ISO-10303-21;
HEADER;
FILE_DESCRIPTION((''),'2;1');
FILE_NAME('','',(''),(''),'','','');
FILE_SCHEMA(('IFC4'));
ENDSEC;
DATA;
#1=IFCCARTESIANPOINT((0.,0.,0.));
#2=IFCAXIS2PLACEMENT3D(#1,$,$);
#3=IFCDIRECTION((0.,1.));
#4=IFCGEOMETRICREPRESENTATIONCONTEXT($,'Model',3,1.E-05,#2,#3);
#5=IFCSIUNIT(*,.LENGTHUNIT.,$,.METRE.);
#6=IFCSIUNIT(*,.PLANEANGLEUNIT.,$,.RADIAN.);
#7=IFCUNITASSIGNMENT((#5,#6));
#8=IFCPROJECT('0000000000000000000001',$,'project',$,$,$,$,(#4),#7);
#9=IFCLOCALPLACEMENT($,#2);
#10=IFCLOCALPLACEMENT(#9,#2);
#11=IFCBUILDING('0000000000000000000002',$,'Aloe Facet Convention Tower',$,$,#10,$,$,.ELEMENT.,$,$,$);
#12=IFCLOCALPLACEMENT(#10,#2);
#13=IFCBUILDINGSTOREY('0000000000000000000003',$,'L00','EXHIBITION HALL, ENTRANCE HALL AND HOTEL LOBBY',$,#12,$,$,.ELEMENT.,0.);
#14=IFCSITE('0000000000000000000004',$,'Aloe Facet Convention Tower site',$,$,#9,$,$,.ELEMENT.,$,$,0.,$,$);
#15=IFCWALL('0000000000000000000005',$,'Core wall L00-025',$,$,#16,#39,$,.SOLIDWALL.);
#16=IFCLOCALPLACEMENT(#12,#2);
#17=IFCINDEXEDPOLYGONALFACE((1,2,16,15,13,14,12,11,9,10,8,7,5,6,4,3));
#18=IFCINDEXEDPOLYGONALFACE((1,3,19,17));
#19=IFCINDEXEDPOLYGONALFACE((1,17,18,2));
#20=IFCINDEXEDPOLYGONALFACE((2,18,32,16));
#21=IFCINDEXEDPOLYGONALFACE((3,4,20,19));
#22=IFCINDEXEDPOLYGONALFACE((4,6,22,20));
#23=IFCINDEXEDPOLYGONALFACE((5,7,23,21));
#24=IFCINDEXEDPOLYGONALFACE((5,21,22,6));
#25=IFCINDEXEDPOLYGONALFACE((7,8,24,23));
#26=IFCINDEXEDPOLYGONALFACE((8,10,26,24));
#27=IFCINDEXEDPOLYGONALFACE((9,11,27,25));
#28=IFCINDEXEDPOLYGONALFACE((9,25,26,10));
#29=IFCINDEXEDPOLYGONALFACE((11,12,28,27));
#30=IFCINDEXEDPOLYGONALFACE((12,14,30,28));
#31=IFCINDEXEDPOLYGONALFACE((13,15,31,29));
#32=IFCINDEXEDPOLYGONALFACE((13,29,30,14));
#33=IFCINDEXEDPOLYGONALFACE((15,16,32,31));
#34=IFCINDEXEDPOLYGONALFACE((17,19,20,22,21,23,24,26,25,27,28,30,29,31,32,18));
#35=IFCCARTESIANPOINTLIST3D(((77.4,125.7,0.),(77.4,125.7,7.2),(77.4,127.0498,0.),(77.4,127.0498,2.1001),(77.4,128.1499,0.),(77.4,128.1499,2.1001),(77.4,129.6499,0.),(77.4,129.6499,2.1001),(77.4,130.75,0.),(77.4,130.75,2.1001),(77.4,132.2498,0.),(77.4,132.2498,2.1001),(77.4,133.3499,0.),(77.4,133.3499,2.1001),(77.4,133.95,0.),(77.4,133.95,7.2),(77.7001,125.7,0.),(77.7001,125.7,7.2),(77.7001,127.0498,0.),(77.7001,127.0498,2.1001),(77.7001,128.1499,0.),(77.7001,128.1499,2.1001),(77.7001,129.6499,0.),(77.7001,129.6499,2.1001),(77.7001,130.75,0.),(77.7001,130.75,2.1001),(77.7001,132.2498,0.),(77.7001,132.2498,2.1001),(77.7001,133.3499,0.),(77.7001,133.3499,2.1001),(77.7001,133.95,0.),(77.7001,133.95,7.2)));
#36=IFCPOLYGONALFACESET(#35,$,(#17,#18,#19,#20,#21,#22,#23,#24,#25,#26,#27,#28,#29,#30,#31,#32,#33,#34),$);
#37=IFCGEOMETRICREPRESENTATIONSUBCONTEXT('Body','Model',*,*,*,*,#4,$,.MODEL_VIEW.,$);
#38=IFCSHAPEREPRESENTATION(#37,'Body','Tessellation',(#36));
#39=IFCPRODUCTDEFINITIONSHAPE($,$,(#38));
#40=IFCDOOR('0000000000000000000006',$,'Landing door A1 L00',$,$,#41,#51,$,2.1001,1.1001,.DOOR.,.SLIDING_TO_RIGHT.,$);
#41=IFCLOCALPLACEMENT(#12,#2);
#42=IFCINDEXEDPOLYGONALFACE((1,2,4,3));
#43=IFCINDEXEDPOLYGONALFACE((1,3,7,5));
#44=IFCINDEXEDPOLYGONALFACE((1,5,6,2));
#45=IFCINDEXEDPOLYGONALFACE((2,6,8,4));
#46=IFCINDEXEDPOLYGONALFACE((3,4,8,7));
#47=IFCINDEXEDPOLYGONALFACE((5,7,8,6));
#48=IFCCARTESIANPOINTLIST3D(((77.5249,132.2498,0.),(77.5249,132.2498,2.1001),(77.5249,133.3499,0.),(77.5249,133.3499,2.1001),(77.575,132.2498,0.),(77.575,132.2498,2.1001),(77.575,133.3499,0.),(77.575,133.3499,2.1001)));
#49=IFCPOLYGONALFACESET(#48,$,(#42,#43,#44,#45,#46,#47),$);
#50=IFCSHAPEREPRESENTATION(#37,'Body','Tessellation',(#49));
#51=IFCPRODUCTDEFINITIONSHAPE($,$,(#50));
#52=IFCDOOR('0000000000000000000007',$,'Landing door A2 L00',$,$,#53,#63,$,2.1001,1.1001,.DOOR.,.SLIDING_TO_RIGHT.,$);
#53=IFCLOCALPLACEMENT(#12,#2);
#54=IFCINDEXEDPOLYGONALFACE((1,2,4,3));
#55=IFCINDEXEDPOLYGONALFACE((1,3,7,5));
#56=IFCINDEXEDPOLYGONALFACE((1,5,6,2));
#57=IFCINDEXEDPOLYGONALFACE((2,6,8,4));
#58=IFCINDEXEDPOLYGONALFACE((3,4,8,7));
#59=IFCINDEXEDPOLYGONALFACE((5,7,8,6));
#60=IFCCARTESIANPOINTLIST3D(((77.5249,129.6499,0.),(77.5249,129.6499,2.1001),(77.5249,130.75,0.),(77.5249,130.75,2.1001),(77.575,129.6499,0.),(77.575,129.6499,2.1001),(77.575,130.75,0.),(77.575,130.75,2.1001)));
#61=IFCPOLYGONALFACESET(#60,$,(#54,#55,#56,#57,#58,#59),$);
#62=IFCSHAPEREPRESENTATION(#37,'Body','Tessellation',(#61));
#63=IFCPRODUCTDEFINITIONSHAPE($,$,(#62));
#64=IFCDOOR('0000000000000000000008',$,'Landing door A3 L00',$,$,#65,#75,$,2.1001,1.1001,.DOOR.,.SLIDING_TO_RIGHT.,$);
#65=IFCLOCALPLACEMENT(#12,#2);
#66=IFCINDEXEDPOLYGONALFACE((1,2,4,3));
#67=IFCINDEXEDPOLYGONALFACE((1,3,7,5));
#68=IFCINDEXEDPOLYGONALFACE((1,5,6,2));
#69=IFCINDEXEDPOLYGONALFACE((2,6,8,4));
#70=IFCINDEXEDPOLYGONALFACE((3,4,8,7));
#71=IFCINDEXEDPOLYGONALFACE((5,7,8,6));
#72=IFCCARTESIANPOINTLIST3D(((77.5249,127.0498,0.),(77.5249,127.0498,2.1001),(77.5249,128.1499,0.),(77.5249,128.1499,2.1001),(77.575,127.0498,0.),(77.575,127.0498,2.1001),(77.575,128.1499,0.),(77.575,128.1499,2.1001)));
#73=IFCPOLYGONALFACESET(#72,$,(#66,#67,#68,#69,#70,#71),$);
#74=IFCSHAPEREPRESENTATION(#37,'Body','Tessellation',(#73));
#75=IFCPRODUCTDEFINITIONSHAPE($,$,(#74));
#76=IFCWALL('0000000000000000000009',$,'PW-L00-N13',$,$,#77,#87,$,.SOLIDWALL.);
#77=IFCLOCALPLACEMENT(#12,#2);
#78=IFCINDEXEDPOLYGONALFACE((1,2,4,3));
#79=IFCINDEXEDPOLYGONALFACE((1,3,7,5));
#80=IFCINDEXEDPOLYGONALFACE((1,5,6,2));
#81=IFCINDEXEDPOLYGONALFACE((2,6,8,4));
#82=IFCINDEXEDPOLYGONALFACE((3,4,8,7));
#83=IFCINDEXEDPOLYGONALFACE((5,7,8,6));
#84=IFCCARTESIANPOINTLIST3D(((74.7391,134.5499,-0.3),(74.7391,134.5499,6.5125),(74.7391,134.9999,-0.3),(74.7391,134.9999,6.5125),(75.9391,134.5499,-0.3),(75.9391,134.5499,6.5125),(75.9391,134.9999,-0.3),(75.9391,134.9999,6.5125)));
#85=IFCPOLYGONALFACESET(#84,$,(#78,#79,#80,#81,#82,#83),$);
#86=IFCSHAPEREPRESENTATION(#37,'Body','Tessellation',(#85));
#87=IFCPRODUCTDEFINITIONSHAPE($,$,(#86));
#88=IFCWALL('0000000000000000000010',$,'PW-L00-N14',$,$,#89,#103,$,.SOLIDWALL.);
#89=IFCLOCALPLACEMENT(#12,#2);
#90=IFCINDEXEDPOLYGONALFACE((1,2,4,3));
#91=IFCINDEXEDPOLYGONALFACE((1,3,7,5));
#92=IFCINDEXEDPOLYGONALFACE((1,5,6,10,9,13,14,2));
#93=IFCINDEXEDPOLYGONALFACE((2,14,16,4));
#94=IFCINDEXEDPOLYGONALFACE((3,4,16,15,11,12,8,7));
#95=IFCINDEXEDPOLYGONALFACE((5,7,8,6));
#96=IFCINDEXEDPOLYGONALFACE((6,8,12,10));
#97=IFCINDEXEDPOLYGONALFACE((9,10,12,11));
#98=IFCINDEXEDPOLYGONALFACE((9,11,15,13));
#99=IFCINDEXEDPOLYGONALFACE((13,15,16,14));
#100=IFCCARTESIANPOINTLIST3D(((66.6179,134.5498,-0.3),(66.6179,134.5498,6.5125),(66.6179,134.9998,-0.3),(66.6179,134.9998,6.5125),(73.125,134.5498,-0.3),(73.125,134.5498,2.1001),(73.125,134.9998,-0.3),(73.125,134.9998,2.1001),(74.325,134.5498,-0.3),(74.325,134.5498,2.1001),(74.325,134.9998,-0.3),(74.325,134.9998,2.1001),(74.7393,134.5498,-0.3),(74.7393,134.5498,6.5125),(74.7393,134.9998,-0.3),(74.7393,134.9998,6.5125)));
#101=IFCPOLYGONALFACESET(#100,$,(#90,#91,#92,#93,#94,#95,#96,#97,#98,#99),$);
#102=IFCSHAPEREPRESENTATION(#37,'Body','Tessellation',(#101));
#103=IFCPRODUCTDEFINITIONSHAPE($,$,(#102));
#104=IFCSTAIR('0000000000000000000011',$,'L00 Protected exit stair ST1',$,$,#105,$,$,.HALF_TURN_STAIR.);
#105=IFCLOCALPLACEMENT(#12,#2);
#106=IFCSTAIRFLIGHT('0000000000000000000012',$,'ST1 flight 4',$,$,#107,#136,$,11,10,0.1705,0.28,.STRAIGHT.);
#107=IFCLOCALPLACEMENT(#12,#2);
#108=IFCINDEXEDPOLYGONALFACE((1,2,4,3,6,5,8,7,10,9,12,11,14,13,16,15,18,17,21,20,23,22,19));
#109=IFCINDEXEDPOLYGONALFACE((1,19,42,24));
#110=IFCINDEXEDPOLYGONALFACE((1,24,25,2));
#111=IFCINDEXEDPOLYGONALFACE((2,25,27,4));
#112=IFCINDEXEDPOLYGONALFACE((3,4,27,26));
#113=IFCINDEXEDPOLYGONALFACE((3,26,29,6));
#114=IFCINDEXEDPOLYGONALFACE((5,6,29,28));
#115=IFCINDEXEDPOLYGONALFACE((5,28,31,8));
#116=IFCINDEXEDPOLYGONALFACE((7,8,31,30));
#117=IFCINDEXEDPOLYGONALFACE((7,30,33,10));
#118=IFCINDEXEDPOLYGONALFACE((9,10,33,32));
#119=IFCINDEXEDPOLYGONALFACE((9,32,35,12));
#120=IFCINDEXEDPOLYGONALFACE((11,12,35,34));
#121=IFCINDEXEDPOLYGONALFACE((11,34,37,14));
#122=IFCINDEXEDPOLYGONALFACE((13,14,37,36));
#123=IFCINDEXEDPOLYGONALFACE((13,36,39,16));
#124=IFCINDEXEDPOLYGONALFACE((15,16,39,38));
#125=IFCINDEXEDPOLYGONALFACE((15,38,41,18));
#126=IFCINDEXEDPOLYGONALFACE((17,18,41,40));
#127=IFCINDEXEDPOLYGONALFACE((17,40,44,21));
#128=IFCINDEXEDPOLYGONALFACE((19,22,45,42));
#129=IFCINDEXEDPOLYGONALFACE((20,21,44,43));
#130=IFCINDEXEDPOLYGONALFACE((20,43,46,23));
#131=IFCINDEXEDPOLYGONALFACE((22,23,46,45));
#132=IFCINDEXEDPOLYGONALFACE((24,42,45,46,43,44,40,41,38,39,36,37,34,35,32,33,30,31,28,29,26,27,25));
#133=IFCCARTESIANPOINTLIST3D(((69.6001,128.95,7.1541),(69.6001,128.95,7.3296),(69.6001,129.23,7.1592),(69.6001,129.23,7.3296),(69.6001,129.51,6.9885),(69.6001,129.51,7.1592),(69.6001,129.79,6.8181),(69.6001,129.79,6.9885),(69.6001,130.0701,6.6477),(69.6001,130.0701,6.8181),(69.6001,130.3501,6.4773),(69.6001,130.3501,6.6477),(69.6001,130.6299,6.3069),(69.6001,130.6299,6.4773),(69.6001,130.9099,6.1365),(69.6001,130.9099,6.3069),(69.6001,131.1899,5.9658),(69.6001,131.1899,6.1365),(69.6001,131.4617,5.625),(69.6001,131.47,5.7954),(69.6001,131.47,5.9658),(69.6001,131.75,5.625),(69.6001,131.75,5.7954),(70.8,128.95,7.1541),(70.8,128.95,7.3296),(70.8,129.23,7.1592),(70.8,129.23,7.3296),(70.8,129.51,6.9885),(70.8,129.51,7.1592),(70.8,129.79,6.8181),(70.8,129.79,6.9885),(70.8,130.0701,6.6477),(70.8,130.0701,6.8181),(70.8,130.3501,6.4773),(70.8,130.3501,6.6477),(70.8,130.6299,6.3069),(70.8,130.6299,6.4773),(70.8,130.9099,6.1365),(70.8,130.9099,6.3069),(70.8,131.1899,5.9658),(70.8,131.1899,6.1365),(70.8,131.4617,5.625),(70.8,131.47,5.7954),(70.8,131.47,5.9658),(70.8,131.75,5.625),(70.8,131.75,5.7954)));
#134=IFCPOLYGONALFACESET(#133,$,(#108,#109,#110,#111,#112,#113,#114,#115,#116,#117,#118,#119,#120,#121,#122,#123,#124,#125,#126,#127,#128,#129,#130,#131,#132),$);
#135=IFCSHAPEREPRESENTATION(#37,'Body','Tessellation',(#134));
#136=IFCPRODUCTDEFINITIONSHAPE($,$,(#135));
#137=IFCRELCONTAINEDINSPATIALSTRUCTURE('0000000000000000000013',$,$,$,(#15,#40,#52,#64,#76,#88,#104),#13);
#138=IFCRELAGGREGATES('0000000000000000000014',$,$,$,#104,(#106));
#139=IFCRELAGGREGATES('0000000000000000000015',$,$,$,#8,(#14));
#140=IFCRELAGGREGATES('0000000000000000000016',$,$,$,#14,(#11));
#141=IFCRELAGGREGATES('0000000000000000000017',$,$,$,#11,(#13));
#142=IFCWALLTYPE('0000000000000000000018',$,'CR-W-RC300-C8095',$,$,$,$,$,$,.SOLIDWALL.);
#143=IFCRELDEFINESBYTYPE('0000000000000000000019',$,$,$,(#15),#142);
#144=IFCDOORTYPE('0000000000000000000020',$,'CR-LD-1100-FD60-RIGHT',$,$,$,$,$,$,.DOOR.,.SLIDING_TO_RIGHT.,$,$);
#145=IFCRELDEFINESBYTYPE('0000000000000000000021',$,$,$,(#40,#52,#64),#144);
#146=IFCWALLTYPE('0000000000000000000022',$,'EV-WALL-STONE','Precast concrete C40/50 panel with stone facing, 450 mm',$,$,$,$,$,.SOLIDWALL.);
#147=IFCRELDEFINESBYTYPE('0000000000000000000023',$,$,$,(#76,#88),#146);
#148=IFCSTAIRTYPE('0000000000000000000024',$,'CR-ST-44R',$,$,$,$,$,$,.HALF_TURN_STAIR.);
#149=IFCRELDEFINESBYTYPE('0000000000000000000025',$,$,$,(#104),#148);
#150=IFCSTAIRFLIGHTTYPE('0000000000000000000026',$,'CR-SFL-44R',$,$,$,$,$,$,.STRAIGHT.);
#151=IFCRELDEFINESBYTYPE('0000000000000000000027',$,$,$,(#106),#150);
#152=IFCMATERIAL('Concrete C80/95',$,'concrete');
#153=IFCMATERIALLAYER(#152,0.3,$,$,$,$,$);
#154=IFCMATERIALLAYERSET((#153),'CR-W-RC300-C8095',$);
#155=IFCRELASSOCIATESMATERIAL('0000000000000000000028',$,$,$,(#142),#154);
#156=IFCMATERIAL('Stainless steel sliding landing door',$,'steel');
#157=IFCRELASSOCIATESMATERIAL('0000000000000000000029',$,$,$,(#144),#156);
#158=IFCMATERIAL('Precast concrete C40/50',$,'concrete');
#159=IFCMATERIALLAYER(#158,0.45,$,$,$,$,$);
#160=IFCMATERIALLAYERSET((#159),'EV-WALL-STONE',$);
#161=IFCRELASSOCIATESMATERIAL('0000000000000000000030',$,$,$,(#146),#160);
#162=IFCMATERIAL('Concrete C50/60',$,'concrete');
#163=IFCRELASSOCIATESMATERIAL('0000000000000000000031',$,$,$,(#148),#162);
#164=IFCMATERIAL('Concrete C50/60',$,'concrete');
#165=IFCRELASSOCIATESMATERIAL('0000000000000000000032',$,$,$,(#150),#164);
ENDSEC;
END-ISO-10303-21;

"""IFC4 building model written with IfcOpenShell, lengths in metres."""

from ifc_helpers import new_model, si_unit, direction, frame, frame_2d, origin, place, context, subcontext, project, spatial, polyline, rectangle, outline, extrude, material, layer, layer_set, type_object, element, fill, aggregate, save


model = new_model("IFC4")

# Units and contexts
model_context = context("Model", 3, precision=1e-05, world=origin(), true_north=direction((0.0, 1.0)))
body_context = subcontext(model_context, "Body", "Model", "MODEL_VIEW")
ifc_project = project(units=[si_unit("LENGTHUNIT", "METRE"), si_unit("PLANEANGLEUNIT", "RADIAN")], contexts=[model_context])

# Site, building, storey
site_placement = place(None, origin())
site = spatial("IfcSite", under=ifc_project, at=site_placement, Name="Aloe Facet Convention Tower site", CompositionType="ELEMENT", RefElevation=0.0)
building_placement = place(site_placement, origin())
building = spatial("IfcBuilding", under=site, at=building_placement, Name="Aloe Facet Convention Tower", CompositionType="ELEMENT")
storey_placement = place(building_placement, origin())
storey = spatial("IfcBuildingStorey", under=building, at=storey_placement, Name="L00", Description="EXHIBITION HALL, ENTRANCE HALL AND HOTEL LOBBY", CompositionType="ELEMENT", Elevation=0.0)

# Shared definitions
ifc_material_1 = material(Name="Concrete C80/95", Category="concrete")
ifc_layer_1 = layer(ifc_material_1, 0.3)
ifc_layer_set_1 = layer_set([ifc_layer_1], Name="CR-W-RC300-C8095")
wall_type_1 = type_object("IfcWallType", Name="CR-W-RC300-C8095", PredefinedType="SOLIDWALL", material=ifc_layer_set_1)

# Wall, openings, doors
wall_1_placement = place(storey_placement, frame((77.55, 133.95, 0.0), z_axis=(0.0, 0.0, 1.0), x_axis=(0.0, -1.0, 0.0)))
wall_1 = element("IfcWall", 1, at=wall_1_placement, inside=storey, type_object=wall_type_1, Name="Core wall L00-025", PredefinedType="SOLIDWALL", context=body_context, shape_type="SweptSolid", body=[
    extrude(rectangle(XDim=8.25, YDim=0.3, at=frame_2d((4.125, 0.0))), origin(), (0.0, 0.0, 1.0), 7.2),
])
opening_1_placement = place(wall_1_placement, frame((0.6001, 0.0, 0.0)))
opening_1 = element("IfcOpeningElement", 2, at=opening_1_placement, cuts=wall_1, PredefinedType="OPENING", context=body_context, shape_type="SweptSolid", body=[
    extrude(rectangle(XDim=1.1001, YDim=2.1001, at=frame_2d((0.55, 1.05))), frame((0.0, 0.1602, 0.0), z_axis=(0.0, -1.0, 0.0), x_axis=(1.0, 0.0, 0.0)), (0.0, 0.0, 1.0), 0.3201),
])
opening_2_placement = place(wall_1_placement, frame((3.2, 0.0, 0.0)))
opening_2 = element("IfcOpeningElement", 3, at=opening_2_placement, cuts=wall_1, PredefinedType="OPENING", context=body_context, shape_type="SweptSolid", body=[
    extrude(rectangle(XDim=1.1001, YDim=2.1001, at=frame_2d((0.55, 1.05))), frame((0.0, 0.1602, 0.0), z_axis=(0.0, -1.0, 0.0), x_axis=(1.0, 0.0, 0.0)), (0.0, 0.0, 1.0), 0.3201),
])
opening_3_placement = place(wall_1_placement, frame((5.8, 0.0, 0.0)))
opening_3 = element("IfcOpeningElement", 4, at=opening_3_placement, cuts=wall_1, PredefinedType="OPENING", context=body_context, shape_type="SweptSolid", body=[
    extrude(rectangle(XDim=1.1001, YDim=2.1001, at=frame_2d((0.55, 1.05))), frame((0.0, 0.1602, 0.0), z_axis=(0.0, -1.0, 0.0), x_axis=(1.0, 0.0, 0.0)), (0.0, 0.0, 1.0), 0.3201),
])
ifc_material_2 = material(Name="Stainless steel sliding landing door", Category="steel")
door_type_1 = type_object("IfcDoorType", Name="CR-LD-1100-FD60-RIGHT", OperationType="SLIDING_TO_RIGHT", PredefinedType="DOOR", material=ifc_material_2)
door_1_placement = place(opening_1_placement, origin())
door_1 = element("IfcDoor", 5, at=door_1_placement, inside=storey, type_object=door_type_1, Name="Landing door A1 L00", OperationType="SLIDING_TO_RIGHT", OverallHeight=2.1001, OverallWidth=1.1001, PredefinedType="DOOR", context=body_context, shape_type="SweptSolid", body=[
    extrude(rectangle(XDim=1.1001, YDim=2.1001, at=frame_2d((0.55, 1.05))), frame((0.0, 0.0249, 0.0), z_axis=(0.0, -1.0, 0.0), x_axis=(1.0, 0.0, 0.0)), (0.0, 0.0, 1.0), 0.05),
])
fill(opening_1, door_1)
door_2_placement = place(opening_2_placement, origin())
door_2 = element("IfcDoor", 6, at=door_2_placement, inside=storey, type_object=door_type_1, Name="Landing door A2 L00", OperationType="SLIDING_TO_RIGHT", OverallHeight=2.1001, OverallWidth=1.1001, PredefinedType="DOOR", context=body_context, shape_type="SweptSolid", body=[
    extrude(rectangle(XDim=1.1001, YDim=2.1001, at=frame_2d((0.55, 1.05))), frame((0.0, 0.0249, 0.0), z_axis=(0.0, -1.0, 0.0), x_axis=(1.0, 0.0, 0.0)), (0.0, 0.0, 1.0), 0.05),
])
fill(opening_2, door_2)
door_3_placement = place(opening_3_placement, origin())
door_3 = element("IfcDoor", 7, at=door_3_placement, inside=storey, type_object=door_type_1, Name="Landing door A3 L00", OperationType="SLIDING_TO_RIGHT", OverallHeight=2.1001, OverallWidth=1.1001, PredefinedType="DOOR", context=body_context, shape_type="SweptSolid", body=[
    extrude(rectangle(XDim=1.1001, YDim=2.1001, at=frame_2d((0.55, 1.05))), frame((0.0, 0.0249, 0.0), z_axis=(0.0, -1.0, 0.0), x_axis=(1.0, 0.0, 0.0)), (0.0, 0.0, 1.0), 0.05),
])
fill(opening_3, door_3)

# Walls
ifc_material_3 = material(Name="Precast concrete C40/50", Category="concrete")
ifc_layer_2 = layer(ifc_material_3, 0.45)
ifc_layer_set_2 = layer_set([ifc_layer_2], Name="EV-WALL-STONE")
wall_type_2 = type_object("IfcWallType", Name="EV-WALL-STONE", Description="Precast concrete C40/50 panel with stone facing, 450 mm", PredefinedType="SOLIDWALL", material=ifc_layer_set_2)
wall_2_placement = place(storey_placement, frame((75.9392, 134.7749, -0.3), z_axis=(0.0, 0.0, 1.0), x_axis=(-1.0, 0.0, 0.0)))
element("IfcWall", 8, at=wall_2_placement, inside=storey, type_object=wall_type_2, Name="PW-L00-N13", PredefinedType="SOLIDWALL", context=body_context, shape_type="SweptSolid", body=[
    extrude(rectangle(XDim=1.2, YDim=0.45, at=frame_2d((0.6001, 0.0))), origin(), (0.0, 0.0, 1.0), 6.8125),
])
wall_3_placement = place(storey_placement, frame((74.7393, 134.7749, -0.3), z_axis=(0.0, 0.0, 1.0), x_axis=(-1.0, 0.0, 0.0)))
element("IfcWall", 9, at=wall_3_placement, inside=storey, type_object=wall_type_2, Name="PW-L00-N14", PredefinedType="SOLIDWALL", context=body_context, shape_type="SweptSolid", body=[
    extrude(outline(polyline([(0.0, 0.0), (0.4143, 0.0), (0.4143, 2.4001), (1.6143, 2.4001), (1.6143, 0.0), (8.1213, 0.0), (8.1213, 6.8125), (0.0, 6.8125), (0.0, 0.0)])), frame((0.0, 0.2251, 0.0), z_axis=(0.0, -1.0, 0.0), x_axis=(1.0, 0.0, 0.0)), (0.0, 0.0, 1.0), 0.45),
])

# Stair, stair flight
ifc_material_4 = material(Name="Concrete C50/60", Category="concrete")
stair_type = type_object("IfcStairType", Name="CR-ST-44R", PredefinedType="HALF_TURN_STAIR", material=ifc_material_4)
stair_placement = place(storey_placement, origin())
stair = element("IfcStair", 10, at=stair_placement, inside=storey, type_object=stair_type, Name="L00 Protected exit stair ST1", PredefinedType="HALF_TURN_STAIR")
ifc_material_5 = material(Name="Concrete C50/60", Category="concrete")
stair_flight_type = type_object("IfcStairFlightType", Name="CR-SFL-44R", PredefinedType="STRAIGHT", material=ifc_material_5)
stair_flight_placement = place(storey_placement, frame((70.2, 131.75, 5.625), z_axis=(0.0, 0.0, 1.0), x_axis=(0.0, -1.0, 0.0)))
stair_flight = element("IfcStairFlight", 11, at=stair_flight_placement, type_object=stair_flight_type, Name="ST1 flight 4", NumberOfRisers=11, NumberOfTreads=10, PredefinedType="STRAIGHT", RiserHeight=0.1705, TreadLength=0.28, context=body_context, shape_type="SweptSolid", body=[
    extrude(outline(polyline([(0.0, 0.0), (0.0, 0.1704), (0.28, 0.1704), (0.28, 0.3408), (0.5601, 0.3408), (0.5601, 0.5115), (0.8401, 0.5115), (0.8401, 0.6819), (1.1201, 0.6819), (1.1201, 0.8523), (1.3999, 0.8523), (1.3999, 1.0227), (1.6799, 1.0227), (1.6799, 1.1931), (1.96, 1.1931), (1.96, 1.3635), (2.24, 1.3635), (2.24, 1.5342), (2.52, 1.5342), (2.52, 1.7046), (2.8, 1.7046), (2.8, 1.875), (2.8, 1.5291), (0.2883, 0.0), (0.0, 0.0)])), frame((0.0, 0.6001, 0.0), z_axis=(0.0, -1.0, 0.0), x_axis=(1.0, 0.0, 0.0)), (0.0, 0.0, 1.0), 1.2),
])
aggregate(stair, [stair_flight])

save(model, "model.ifc")
